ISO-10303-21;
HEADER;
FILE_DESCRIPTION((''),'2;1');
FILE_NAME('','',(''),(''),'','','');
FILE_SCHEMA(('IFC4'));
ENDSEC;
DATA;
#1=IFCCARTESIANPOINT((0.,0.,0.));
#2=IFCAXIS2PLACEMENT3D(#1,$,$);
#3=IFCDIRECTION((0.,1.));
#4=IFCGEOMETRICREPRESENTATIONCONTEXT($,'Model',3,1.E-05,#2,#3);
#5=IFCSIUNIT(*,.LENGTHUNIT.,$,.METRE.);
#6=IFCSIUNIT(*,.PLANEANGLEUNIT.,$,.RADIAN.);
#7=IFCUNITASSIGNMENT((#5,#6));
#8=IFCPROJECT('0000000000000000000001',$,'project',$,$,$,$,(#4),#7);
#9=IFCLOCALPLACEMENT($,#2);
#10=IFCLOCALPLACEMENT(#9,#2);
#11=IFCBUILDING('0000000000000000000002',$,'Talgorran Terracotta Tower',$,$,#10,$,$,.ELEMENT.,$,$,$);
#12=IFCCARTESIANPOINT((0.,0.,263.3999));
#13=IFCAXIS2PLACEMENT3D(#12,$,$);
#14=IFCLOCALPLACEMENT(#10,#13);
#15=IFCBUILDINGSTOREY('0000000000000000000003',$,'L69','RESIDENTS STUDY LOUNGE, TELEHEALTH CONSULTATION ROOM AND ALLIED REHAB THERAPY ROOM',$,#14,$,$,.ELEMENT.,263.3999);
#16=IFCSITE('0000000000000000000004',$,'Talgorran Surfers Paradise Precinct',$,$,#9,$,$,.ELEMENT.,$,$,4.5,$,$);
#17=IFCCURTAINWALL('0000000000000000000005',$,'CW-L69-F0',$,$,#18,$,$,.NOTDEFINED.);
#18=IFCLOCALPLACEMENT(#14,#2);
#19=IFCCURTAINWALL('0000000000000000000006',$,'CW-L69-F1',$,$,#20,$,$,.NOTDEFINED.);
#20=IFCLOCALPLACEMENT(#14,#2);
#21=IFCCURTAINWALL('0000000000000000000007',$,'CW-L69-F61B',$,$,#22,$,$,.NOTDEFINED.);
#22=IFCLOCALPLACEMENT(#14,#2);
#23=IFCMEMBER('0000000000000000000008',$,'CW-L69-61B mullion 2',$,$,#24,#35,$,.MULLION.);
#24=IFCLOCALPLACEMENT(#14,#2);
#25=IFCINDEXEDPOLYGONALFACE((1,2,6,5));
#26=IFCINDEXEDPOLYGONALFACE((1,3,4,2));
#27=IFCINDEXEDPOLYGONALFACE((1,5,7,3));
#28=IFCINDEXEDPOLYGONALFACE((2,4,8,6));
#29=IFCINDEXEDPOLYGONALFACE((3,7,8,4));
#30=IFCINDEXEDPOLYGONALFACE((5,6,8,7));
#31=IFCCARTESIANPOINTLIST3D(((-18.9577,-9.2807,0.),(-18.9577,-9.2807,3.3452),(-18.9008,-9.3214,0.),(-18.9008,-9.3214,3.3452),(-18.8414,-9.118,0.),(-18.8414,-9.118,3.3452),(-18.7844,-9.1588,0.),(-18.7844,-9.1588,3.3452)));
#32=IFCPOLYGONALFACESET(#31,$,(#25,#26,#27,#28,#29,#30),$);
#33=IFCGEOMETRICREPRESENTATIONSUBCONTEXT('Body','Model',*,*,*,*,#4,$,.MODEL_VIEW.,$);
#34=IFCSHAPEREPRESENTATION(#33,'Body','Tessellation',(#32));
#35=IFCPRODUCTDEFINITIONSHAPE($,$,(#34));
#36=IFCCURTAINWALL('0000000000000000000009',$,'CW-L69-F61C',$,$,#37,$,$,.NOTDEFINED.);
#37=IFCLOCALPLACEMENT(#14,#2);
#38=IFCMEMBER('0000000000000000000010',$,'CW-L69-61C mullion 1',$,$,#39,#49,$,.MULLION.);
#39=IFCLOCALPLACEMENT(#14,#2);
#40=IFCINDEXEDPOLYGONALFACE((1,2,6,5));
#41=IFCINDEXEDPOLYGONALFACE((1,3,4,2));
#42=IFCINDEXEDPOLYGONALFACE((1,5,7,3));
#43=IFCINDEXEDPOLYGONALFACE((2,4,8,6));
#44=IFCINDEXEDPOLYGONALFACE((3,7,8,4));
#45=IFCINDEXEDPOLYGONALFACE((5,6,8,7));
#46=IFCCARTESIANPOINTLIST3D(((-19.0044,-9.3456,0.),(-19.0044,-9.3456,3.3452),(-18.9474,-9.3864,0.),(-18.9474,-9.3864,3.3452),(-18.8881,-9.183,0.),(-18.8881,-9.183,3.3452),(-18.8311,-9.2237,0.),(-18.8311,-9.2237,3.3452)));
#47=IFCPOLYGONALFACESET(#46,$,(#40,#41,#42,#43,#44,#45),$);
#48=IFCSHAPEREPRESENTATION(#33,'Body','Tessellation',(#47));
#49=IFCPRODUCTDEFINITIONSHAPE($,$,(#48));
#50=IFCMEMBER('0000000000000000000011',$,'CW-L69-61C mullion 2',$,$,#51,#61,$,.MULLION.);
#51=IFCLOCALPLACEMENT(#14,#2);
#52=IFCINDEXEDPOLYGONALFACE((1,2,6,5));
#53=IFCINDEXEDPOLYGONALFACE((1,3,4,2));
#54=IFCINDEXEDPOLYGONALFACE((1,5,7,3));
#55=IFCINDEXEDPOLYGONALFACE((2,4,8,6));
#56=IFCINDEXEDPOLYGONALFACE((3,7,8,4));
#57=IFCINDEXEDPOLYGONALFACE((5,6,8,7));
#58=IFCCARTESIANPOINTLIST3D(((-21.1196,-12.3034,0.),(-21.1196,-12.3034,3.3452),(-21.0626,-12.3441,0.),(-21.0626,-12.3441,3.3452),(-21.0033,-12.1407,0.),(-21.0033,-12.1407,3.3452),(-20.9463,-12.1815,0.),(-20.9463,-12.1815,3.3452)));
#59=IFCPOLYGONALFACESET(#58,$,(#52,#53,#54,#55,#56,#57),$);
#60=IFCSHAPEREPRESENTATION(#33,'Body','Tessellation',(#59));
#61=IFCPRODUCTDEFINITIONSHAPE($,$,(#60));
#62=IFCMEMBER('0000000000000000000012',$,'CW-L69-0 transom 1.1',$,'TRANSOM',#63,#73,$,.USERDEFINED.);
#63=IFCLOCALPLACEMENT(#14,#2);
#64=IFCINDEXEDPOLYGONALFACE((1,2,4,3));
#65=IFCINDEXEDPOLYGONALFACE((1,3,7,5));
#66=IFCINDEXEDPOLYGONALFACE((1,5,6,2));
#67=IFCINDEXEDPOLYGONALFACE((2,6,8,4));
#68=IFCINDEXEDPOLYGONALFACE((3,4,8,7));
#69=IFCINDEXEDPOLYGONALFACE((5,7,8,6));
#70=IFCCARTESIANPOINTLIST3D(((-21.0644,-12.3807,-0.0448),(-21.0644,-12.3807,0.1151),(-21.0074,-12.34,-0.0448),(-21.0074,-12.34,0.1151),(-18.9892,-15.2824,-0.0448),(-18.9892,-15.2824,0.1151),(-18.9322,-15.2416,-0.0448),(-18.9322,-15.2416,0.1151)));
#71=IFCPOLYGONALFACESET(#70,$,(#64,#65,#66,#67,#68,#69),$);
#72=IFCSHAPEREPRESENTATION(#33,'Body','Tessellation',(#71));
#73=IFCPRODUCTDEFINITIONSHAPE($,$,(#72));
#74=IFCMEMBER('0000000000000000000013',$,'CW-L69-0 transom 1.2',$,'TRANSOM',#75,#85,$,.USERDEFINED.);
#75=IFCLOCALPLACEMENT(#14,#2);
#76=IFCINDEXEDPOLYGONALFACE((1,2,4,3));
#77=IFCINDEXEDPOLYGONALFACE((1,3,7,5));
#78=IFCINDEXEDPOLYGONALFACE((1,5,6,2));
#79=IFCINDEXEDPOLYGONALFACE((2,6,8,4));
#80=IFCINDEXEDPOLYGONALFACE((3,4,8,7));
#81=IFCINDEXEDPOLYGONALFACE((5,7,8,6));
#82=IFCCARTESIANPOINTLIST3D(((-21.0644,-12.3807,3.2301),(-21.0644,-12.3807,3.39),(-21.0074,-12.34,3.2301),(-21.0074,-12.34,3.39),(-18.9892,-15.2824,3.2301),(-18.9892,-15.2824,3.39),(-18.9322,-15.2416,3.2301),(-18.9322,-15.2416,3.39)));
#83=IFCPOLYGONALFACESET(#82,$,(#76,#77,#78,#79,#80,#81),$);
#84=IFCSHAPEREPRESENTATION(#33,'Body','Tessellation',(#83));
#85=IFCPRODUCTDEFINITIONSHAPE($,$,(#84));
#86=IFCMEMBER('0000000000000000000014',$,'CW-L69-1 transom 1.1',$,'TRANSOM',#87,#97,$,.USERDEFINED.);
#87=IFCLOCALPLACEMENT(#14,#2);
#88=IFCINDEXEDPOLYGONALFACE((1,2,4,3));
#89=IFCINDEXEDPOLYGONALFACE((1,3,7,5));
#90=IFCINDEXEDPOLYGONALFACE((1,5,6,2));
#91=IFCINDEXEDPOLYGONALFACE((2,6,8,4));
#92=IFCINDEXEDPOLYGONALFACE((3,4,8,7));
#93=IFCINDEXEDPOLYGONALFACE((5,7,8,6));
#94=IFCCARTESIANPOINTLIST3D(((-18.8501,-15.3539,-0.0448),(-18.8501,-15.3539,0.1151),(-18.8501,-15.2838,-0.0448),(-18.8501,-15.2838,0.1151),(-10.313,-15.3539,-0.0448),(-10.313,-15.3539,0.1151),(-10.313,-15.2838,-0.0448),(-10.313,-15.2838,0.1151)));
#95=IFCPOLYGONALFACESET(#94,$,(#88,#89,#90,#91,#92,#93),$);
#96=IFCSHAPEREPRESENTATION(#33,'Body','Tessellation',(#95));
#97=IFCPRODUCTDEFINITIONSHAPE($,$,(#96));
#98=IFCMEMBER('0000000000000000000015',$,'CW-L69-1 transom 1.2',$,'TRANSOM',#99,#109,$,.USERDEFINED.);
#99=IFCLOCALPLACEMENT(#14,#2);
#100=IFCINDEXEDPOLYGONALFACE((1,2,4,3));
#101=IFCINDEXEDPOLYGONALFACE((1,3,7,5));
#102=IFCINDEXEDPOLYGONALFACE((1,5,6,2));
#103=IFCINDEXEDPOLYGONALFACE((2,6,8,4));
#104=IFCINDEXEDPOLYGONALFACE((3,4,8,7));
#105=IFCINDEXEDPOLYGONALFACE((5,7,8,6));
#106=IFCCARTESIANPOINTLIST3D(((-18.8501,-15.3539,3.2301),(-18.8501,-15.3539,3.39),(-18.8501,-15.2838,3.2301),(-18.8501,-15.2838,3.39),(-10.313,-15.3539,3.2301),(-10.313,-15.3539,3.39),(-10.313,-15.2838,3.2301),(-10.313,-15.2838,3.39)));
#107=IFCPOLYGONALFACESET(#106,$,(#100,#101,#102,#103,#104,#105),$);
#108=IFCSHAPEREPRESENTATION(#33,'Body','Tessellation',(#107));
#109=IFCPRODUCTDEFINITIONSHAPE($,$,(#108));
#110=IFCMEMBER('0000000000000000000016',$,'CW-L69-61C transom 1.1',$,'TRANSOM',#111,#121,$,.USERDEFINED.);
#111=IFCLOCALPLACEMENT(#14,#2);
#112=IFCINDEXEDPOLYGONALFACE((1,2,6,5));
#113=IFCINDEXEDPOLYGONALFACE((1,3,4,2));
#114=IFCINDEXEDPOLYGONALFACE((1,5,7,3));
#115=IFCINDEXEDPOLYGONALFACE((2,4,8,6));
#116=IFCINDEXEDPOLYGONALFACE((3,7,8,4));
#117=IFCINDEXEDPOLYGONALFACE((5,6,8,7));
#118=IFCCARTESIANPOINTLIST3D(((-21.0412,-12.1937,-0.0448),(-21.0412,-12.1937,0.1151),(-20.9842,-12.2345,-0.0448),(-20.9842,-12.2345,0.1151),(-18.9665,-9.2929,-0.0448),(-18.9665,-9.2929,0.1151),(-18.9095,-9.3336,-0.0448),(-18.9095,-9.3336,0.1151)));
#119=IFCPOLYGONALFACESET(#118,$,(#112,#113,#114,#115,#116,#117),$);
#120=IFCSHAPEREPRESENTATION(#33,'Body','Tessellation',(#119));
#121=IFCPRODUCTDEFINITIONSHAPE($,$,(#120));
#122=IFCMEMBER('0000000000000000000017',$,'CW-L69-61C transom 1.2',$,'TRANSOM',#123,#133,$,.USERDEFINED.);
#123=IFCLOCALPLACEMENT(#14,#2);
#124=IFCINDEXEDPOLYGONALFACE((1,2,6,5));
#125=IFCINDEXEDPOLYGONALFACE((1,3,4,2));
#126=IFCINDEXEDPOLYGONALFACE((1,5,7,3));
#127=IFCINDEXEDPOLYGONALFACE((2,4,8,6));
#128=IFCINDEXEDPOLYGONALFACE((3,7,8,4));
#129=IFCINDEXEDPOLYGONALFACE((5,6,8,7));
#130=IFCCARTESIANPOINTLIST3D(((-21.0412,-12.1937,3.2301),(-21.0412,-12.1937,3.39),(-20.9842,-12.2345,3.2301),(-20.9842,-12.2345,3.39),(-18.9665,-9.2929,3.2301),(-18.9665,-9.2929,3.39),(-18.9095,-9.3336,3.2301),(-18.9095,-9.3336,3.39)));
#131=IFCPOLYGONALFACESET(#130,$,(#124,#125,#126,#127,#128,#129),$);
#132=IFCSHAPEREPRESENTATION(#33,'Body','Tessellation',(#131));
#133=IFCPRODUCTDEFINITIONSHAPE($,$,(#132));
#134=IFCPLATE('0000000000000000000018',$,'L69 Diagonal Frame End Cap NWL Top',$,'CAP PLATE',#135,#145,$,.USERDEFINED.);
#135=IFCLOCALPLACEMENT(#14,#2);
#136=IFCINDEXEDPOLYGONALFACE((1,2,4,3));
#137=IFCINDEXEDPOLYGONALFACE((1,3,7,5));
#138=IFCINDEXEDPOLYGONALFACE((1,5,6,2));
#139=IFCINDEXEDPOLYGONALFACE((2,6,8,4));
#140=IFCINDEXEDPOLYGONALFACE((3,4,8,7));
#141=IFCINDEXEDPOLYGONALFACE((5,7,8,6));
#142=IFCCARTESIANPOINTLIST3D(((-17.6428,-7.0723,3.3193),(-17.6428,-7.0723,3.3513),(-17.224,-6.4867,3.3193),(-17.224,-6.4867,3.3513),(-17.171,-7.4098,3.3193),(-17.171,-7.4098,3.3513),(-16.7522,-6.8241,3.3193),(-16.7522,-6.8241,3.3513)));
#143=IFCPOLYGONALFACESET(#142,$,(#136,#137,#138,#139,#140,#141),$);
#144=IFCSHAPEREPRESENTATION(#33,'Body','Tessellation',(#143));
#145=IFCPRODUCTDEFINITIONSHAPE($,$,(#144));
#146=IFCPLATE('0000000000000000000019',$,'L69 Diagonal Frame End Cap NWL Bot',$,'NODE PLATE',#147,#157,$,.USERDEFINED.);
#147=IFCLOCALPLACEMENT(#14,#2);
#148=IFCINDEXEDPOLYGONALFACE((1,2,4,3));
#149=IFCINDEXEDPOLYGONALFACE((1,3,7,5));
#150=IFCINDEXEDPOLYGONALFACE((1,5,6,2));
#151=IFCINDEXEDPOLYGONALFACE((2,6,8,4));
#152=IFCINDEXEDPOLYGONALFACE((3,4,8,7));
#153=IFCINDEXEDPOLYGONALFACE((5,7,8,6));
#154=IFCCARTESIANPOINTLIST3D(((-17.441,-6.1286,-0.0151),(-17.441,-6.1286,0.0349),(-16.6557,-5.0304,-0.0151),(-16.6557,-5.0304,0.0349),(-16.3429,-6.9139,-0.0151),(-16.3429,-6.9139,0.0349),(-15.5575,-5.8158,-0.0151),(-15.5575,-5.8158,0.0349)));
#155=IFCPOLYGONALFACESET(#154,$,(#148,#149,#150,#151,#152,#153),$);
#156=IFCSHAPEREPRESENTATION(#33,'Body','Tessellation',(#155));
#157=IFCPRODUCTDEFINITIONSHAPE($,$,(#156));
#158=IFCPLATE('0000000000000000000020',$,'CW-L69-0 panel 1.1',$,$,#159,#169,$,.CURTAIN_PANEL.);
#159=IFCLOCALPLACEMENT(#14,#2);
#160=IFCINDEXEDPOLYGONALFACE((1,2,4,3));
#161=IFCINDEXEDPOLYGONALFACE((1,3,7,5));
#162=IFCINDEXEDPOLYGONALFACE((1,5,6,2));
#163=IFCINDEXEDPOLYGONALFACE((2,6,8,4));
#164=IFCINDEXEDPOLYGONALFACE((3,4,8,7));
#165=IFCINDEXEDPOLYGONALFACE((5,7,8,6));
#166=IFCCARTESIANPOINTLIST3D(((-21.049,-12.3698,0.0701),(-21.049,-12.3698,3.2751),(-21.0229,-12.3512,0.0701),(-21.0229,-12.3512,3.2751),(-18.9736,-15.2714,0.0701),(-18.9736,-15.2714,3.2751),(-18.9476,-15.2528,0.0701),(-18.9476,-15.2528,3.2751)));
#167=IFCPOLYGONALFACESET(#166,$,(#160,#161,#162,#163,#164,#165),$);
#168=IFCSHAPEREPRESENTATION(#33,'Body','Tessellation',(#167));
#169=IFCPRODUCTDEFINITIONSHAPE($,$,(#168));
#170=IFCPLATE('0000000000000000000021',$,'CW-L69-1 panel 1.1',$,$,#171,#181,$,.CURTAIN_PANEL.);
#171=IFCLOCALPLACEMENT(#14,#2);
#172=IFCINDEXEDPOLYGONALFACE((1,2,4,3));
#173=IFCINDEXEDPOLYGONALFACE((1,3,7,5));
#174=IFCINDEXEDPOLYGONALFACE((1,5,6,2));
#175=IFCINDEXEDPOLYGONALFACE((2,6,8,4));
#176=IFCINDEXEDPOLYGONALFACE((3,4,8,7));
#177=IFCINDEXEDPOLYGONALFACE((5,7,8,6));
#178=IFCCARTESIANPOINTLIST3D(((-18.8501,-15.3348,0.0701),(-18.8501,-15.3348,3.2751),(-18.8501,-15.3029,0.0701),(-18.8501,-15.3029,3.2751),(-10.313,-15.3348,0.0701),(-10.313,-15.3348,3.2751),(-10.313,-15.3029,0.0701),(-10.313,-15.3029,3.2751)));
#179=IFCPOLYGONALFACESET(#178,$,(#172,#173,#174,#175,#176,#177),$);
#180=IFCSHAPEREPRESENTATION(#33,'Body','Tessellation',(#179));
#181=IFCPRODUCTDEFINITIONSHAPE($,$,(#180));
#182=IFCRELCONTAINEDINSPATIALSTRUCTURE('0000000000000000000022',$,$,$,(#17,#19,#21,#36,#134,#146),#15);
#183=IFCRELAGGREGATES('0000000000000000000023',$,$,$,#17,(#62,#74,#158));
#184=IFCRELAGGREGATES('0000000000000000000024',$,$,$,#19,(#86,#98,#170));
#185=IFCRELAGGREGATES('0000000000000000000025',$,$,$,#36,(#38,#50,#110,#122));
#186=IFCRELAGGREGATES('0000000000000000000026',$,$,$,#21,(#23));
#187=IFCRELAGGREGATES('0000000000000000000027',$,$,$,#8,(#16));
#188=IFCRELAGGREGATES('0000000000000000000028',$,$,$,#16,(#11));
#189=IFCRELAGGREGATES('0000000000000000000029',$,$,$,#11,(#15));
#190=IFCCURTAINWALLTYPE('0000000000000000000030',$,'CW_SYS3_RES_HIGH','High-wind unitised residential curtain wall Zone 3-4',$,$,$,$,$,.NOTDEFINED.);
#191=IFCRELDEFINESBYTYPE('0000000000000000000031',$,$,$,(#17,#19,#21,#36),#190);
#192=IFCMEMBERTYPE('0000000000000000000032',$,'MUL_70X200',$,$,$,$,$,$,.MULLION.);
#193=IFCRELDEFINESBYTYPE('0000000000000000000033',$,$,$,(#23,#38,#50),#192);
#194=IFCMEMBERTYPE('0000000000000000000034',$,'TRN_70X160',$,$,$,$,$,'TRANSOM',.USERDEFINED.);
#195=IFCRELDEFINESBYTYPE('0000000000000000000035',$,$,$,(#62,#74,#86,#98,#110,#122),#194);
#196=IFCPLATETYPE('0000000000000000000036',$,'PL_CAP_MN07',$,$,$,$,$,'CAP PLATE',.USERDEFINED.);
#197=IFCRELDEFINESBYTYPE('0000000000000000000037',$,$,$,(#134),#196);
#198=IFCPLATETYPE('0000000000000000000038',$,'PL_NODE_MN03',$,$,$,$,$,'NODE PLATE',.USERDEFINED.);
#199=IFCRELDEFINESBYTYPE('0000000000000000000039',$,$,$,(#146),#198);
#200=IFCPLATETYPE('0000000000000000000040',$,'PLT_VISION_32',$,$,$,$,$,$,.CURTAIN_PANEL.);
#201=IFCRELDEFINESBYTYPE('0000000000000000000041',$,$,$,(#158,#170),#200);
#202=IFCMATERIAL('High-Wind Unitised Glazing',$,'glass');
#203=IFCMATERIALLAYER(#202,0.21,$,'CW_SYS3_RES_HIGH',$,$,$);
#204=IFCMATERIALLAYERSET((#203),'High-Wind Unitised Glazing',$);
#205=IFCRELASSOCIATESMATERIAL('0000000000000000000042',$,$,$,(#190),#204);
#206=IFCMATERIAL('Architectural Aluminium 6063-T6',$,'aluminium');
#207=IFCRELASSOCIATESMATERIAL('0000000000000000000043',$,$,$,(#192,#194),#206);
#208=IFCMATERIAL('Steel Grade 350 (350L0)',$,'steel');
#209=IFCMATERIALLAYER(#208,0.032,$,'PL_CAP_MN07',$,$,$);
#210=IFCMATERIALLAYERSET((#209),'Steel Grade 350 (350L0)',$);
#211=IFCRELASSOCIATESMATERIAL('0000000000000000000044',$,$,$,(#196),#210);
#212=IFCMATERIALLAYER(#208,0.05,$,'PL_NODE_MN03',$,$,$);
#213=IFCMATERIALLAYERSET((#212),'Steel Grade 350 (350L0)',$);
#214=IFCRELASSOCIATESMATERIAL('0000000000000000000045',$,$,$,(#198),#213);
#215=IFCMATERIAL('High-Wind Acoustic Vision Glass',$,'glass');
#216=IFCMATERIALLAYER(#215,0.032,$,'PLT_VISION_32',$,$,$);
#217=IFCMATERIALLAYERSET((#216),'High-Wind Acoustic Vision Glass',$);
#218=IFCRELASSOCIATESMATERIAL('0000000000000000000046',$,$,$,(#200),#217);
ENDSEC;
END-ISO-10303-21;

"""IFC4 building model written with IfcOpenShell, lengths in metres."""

from ifc_helpers import new_model, si_unit, direction, frame, origin, origin_2d, place, context, subcontext, project, spatial, rectangle, extrude, source, transform, mapped, material, layer, layer_set, material_profile, profile_set, type_object, element, aggregate, save


model = new_model("IFC4")

# Units and contexts
model_context = context("Model", 3, precision=1e-05, world=origin(), true_north=direction((0.0, 1.0)))
body_context = subcontext(model_context, "Body", "Model", "MODEL_VIEW")
ifc_project = project(units=[si_unit("LENGTHUNIT", "METRE"), si_unit("PLANEANGLEUNIT", "RADIAN")], contexts=[model_context])

# Site, building, storey
site_placement = place(None, origin())
site = spatial("IfcSite", under=ifc_project, at=site_placement, Name="Talgorran Surfers Paradise Precinct", CompositionType="ELEMENT", RefElevation=4.5)
building_placement = place(site_placement, origin())
building = spatial("IfcBuilding", under=site, at=building_placement, Name="Talgorran Terracotta Tower", CompositionType="ELEMENT")
storey_placement = place(building_placement, frame((0.0, 0.0, 263.3999)))
storey = spatial("IfcBuildingStorey", under=building, at=storey_placement, Name="L69", Description="RESIDENTS STUDY LOUNGE, TELEHEALTH CONSULTATION ROOM AND ALLIED REHAB THERAPY ROOM", CompositionType="ELEMENT", Elevation=263.3999)

# Shared definitions
ifc_material_1 = material(Name="Steel Grade 350 (350L0)", Category="steel")

# Curtain wall
ifc_material_2 = material(Name="High-Wind Unitised Glazing", Category="glass")
ifc_layer_1 = layer(ifc_material_2, 0.21, Name="CW_SYS3_RES_HIGH")
ifc_layer_set_1 = layer_set([ifc_layer_1], Name="High-Wind Unitised Glazing")
curtain_wall_type = type_object("IfcCurtainWallType", Name="CW_SYS3_RES_HIGH", Description="High-wind unitised residential curtain wall Zone 3-4", PredefinedType="NOTDEFINED", material=ifc_layer_set_1)
curtain_wall_1_placement = place(storey_placement, origin())
curtain_wall_1 = element("IfcCurtainWall", 1, at=curtain_wall_1_placement, inside=storey, type_object=curtain_wall_type, Name="CW-L69-F0", PredefinedType="NOTDEFINED")
ifc_material_3 = material(Name="Architectural Aluminium 6063-T6", Category="aluminium")
ifc_material_profile_1 = material_profile(ifc_material_3, rectangle(XDim=0.0701, YDim=0.2, at=origin_2d()), Name="CWM70X200")
ifc_profile_set_1 = profile_set([ifc_material_profile_1], Name="Architectural Aluminium 6063-T6")
member_type_1 = type_object("IfcMemberType", Name="MUL_70X200", PredefinedType="MULLION", material=ifc_profile_set_1)

# Curtain walls, member
curtain_wall_2_placement = place(storey_placement, origin())
curtain_wall_2 = element("IfcCurtainWall", 2, at=curtain_wall_2_placement, inside=storey, type_object=curtain_wall_type, Name="CW-L69-F1", PredefinedType="NOTDEFINED")
curtain_wall_3_placement = place(storey_placement, origin())
curtain_wall_3 = element("IfcCurtainWall", 3, at=curtain_wall_3_placement, inside=storey, type_object=curtain_wall_type, Name="CW-L69-F61B", PredefinedType="NOTDEFINED")
member_1_placement = place(storey_placement, frame((-18.8711, -9.2197, 0.0), z_axis=(0.0, 0.0, 1.0), x_axis=(0.81338, -0.581732, 0.0)))
member_1 = element("IfcMember", 4, at=member_1_placement, type_object=member_type_1, Name="CW-L69-61B mullion 2", PredefinedType="MULLION", context=body_context, shape_type="SweptSolid", body=[
    extrude(rectangle(XDim=0.0701, YDim=0.2, at=origin_2d()), origin(), (0.0, 0.0, 1.0), 3.3452),
])

# Curtain wall, members
curtain_wall_4_placement = place(storey_placement, origin())
curtain_wall_4 = element("IfcCurtainWall", 5, at=curtain_wall_4_placement, inside=storey, type_object=curtain_wall_type, Name="CW-L69-F61C", PredefinedType="NOTDEFINED")
member_2_placement = place(storey_placement, frame((-18.9177, -9.2847, 0.0), z_axis=(0.0, 0.0, 1.0), x_axis=(0.813383, -0.581728, 0.0)))
member_2 = element("IfcMember", 6, at=member_2_placement, type_object=member_type_1, Name="CW-L69-61C mullion 1", PredefinedType="MULLION", context=body_context, shape_type="SweptSolid", body=[
    extrude(rectangle(XDim=0.0701, YDim=0.2, at=origin_2d()), origin(), (0.0, 0.0, 1.0), 3.3452),
])
member_3_placement = place(storey_placement, frame((-21.033, -12.2424, 0.0), z_axis=(0.0, 0.0, 1.0), x_axis=(0.813383, -0.581728, 0.0)))
member_3 = element("IfcMember", 7, at=member_3_placement, type_object=member_type_1, Name="CW-L69-61C mullion 2", PredefinedType="MULLION", context=body_context, shape_type="SweptSolid", body=[
    extrude(rectangle(XDim=0.0701, YDim=0.2, at=origin_2d()), origin(), (0.0, 0.0, 1.0), 3.3452),
])

# Members
ifc_material_profile_2 = material_profile(ifc_material_3, rectangle(XDim=0.0701, YDim=0.1599, at=origin_2d()), Name="CWT70X160")
ifc_profile_set_2 = profile_set([ifc_material_profile_2], Name="Architectural Aluminium 6063-T6")
member_type_2 = type_object("IfcMemberType", Name="TRN_70X160", ElementType="TRANSOM", PredefinedType="USERDEFINED", material=ifc_profile_set_2)
member_4_placement = place(storey_placement, frame((-21.0359, -12.3604, 0.0352), z_axis=(0.581724, -0.813387, 0.0), x_axis=(0.813387, 0.581724, 0.0)))
member_4 = element("IfcMember", 8, at=member_4_placement, type_object=member_type_2, Name="CW-L69-0 transom 1.1", ObjectType="TRANSOM", PredefinedType="USERDEFINED", context=body_context, shape_type="SweptSolid", body=[
    extrude(rectangle(XDim=0.0701, YDim=0.1599, at=origin_2d()), origin(), (0.0, 0.0, 1.0), 3.5674),
])
member_5_placement = place(storey_placement, frame((-21.0359, -12.3604, 3.3101), z_axis=(0.581724, -0.813387, 0.0), x_axis=(0.813387, 0.581724, 0.0)))
member_5 = element("IfcMember", 9, at=member_5_placement, type_object=member_type_2, Name="CW-L69-0 transom 1.2", ObjectType="TRANSOM", PredefinedType="USERDEFINED", context=body_context, shape_type="SweptSolid", body=[
    extrude(rectangle(XDim=0.0701, YDim=0.1599, at=origin_2d()), origin(), (0.0, 0.0, 1.0), 3.5674),
])
member_6_placement = place(storey_placement, frame((-18.8501, -15.3188, 0.0352), z_axis=(1.0, 0.0, 0.0), x_axis=(0.0, 1.0, 0.0)))
member_6 = element("IfcMember", 10, at=member_6_placement, type_object=member_type_2, Name="CW-L69-1 transom 1.1", ObjectType="TRANSOM", PredefinedType="USERDEFINED", context=body_context, shape_type="SweptSolid", body=[
    extrude(rectangle(XDim=0.0701, YDim=0.1599, at=origin_2d()), origin(), (0.0, 0.0, 1.0), 8.5371),
])
member_7_placement = place(storey_placement, frame((-18.8501, -15.3188, 3.3101), z_axis=(1.0, 0.0, 0.0), x_axis=(0.0, 1.0, 0.0)))
member_7 = element("IfcMember", 11, at=member_7_placement, type_object=member_type_2, Name="CW-L69-1 transom 1.2", ObjectType="TRANSOM", PredefinedType="USERDEFINED", context=body_context, shape_type="SweptSolid", body=[
    extrude(rectangle(XDim=0.0701, YDim=0.1599, at=origin_2d()), origin(), (0.0, 0.0, 1.0), 8.5371),
])
member_8_placement = place(storey_placement, frame((-18.938, -9.3132, 0.0352), z_axis=(-0.58173, -0.813382, 0.0), x_axis=(0.813382, -0.58173, 0.0)))
member_8 = element("IfcMember", 12, at=member_8_placement, type_object=member_type_2, Name="CW-L69-61C transom 1.1", ObjectType="TRANSOM", PredefinedType="USERDEFINED", context=body_context, shape_type="SweptSolid", body=[
    extrude(rectangle(XDim=0.0701, YDim=0.1599, at=origin_2d()), origin(), (0.0, 0.0, 1.0), 3.5664),
])
member_9_placement = place(storey_placement, frame((-18.938, -9.3132, 3.3101), z_axis=(-0.58173, -0.813382, 0.0), x_axis=(0.813382, -0.58173, 0.0)))
member_9 = element("IfcMember", 13, at=member_9_placement, type_object=member_type_2, Name="CW-L69-61C transom 1.2", ObjectType="TRANSOM", PredefinedType="USERDEFINED", context=body_context, shape_type="SweptSolid", body=[
    extrude(rectangle(XDim=0.0701, YDim=0.1599, at=origin_2d()), origin(), (0.0, 0.0, 1.0), 3.5664),
])

# Plates
ifc_layer_2 = layer(ifc_material_1, 0.032, Name="PL_CAP_MN07")
ifc_layer_set_2 = layer_set([ifc_layer_2], Name="Steel Grade 350 (350L0)")
plate_type_1 = type_object("IfcPlateType", Name="PL_CAP_MN07", ElementType="CAP PLATE", PredefinedType="USERDEFINED", material=ifc_layer_set_2)
plate_1_placement = place(storey_placement, frame((-17.1975, -6.9482, 3.3193), z_axis=(0.0, 0.0, 1.0), x_axis=(-0.581697, -0.813405, 0.0)))
element("IfcPlate", 14, at=plate_1_placement, inside=storey, type_object=plate_type_1, Name="L69 Diagonal Frame End Cap NWL Top", ObjectType="CAP PLATE", PredefinedType="USERDEFINED", context=body_context, shape_type="SweptSolid", body=[
    extrude(rectangle(XDim=0.72, YDim=0.5801, at=origin_2d()), origin(), (0.0, 0.0, 1.0), 0.032),
])
ifc_layer_3 = layer(ifc_material_1, 0.05, Name="PL_NODE_MN03")
ifc_layer_set_3 = layer_set([ifc_layer_3], Name="Steel Grade 350 (350L0)")
plate_type_2 = type_object("IfcPlateType", Name="PL_NODE_MN03", ElementType="NODE PLATE", PredefinedType="USERDEFINED", material=ifc_layer_set_3)
plate_2_placement = place(storey_placement, frame((-16.4993, -5.9722, -0.0151), z_axis=(0.0, 0.0, 1.0), x_axis=(-0.581697, -0.813405, 0.0)))
element("IfcPlate", 15, at=plate_2_placement, inside=storey, type_object=plate_type_2, Name="L69 Diagonal Frame End Cap NWL Bot", ObjectType="NODE PLATE", PredefinedType="USERDEFINED", context=body_context, shape_type="SweptSolid", body=[
    extrude(rectangle(XDim=1.3501, YDim=1.3501, at=origin_2d()), origin(), (0.0, 0.0, 1.0), 0.05),
])

# Plates
ifc_material_4 = material(Name="High-Wind Acoustic Vision Glass", Category="glass")
ifc_layer_4 = layer(ifc_material_4, 0.032, Name="PLT_VISION_32")
ifc_layer_set_4 = layer_set([ifc_layer_4], Name="High-Wind Acoustic Vision Glass")
plate_type_3 = type_object("IfcPlateType", Name="PLT_VISION_32", PredefinedType="CURTAIN_PANEL", material=ifc_layer_set_4)
shared_shape_1 = source(origin(), body_context, "Body", "SweptSolid", [
    extrude(rectangle(XDim=3.5674, YDim=0.032, at=origin_2d()), origin(), (0.0, 0.0, 1.0), 3.2051),
])
plate_3_placement = place(storey_placement, frame((-19.9983, -13.8113, 0.0701), z_axis=(0.0, 0.0, 1.0), x_axis=(0.581746, -0.813371, 0.0)))
plate_3 = element("IfcPlate", 16, at=plate_3_placement, type_object=plate_type_3, Name="CW-L69-0 panel 1.1", PredefinedType="CURTAIN_PANEL", context=body_context, shape_type="MappedRepresentation", body=[
    mapped(shared_shape_1, transform((0.0, 0.0, 0.0), scale=1.0)),
])
aggregate(curtain_wall_1, [member_4, member_5, plate_3])
shared_shape_2 = source(origin(), body_context, "Body", "SweptSolid", [
    extrude(rectangle(XDim=8.5371, YDim=0.032, at=origin_2d()), origin(), (0.0, 0.0, 1.0), 3.2051),
])
plate_4_placement = place(storey_placement, frame((-14.5815, -15.3188, 0.0701), z_axis=(0.0, 0.0, 1.0), x_axis=(1.0, 0.0, 0.0)))
plate_4 = element("IfcPlate", 17, at=plate_4_placement, type_object=plate_type_3, Name="CW-L69-1 panel 1.1", PredefinedType="CURTAIN_PANEL", context=body_context, shape_type="MappedRepresentation", body=[
    mapped(shared_shape_2, transform((0.0, 0.0, 0.0), scale=1.0)),
])
aggregate(curtain_wall_2, [member_6, member_7, plate_4])
aggregate(curtain_wall_4, [member_2, member_3, member_8, member_9])
aggregate(curtain_wall_3, [member_1])

save(model, "model.ifc")
